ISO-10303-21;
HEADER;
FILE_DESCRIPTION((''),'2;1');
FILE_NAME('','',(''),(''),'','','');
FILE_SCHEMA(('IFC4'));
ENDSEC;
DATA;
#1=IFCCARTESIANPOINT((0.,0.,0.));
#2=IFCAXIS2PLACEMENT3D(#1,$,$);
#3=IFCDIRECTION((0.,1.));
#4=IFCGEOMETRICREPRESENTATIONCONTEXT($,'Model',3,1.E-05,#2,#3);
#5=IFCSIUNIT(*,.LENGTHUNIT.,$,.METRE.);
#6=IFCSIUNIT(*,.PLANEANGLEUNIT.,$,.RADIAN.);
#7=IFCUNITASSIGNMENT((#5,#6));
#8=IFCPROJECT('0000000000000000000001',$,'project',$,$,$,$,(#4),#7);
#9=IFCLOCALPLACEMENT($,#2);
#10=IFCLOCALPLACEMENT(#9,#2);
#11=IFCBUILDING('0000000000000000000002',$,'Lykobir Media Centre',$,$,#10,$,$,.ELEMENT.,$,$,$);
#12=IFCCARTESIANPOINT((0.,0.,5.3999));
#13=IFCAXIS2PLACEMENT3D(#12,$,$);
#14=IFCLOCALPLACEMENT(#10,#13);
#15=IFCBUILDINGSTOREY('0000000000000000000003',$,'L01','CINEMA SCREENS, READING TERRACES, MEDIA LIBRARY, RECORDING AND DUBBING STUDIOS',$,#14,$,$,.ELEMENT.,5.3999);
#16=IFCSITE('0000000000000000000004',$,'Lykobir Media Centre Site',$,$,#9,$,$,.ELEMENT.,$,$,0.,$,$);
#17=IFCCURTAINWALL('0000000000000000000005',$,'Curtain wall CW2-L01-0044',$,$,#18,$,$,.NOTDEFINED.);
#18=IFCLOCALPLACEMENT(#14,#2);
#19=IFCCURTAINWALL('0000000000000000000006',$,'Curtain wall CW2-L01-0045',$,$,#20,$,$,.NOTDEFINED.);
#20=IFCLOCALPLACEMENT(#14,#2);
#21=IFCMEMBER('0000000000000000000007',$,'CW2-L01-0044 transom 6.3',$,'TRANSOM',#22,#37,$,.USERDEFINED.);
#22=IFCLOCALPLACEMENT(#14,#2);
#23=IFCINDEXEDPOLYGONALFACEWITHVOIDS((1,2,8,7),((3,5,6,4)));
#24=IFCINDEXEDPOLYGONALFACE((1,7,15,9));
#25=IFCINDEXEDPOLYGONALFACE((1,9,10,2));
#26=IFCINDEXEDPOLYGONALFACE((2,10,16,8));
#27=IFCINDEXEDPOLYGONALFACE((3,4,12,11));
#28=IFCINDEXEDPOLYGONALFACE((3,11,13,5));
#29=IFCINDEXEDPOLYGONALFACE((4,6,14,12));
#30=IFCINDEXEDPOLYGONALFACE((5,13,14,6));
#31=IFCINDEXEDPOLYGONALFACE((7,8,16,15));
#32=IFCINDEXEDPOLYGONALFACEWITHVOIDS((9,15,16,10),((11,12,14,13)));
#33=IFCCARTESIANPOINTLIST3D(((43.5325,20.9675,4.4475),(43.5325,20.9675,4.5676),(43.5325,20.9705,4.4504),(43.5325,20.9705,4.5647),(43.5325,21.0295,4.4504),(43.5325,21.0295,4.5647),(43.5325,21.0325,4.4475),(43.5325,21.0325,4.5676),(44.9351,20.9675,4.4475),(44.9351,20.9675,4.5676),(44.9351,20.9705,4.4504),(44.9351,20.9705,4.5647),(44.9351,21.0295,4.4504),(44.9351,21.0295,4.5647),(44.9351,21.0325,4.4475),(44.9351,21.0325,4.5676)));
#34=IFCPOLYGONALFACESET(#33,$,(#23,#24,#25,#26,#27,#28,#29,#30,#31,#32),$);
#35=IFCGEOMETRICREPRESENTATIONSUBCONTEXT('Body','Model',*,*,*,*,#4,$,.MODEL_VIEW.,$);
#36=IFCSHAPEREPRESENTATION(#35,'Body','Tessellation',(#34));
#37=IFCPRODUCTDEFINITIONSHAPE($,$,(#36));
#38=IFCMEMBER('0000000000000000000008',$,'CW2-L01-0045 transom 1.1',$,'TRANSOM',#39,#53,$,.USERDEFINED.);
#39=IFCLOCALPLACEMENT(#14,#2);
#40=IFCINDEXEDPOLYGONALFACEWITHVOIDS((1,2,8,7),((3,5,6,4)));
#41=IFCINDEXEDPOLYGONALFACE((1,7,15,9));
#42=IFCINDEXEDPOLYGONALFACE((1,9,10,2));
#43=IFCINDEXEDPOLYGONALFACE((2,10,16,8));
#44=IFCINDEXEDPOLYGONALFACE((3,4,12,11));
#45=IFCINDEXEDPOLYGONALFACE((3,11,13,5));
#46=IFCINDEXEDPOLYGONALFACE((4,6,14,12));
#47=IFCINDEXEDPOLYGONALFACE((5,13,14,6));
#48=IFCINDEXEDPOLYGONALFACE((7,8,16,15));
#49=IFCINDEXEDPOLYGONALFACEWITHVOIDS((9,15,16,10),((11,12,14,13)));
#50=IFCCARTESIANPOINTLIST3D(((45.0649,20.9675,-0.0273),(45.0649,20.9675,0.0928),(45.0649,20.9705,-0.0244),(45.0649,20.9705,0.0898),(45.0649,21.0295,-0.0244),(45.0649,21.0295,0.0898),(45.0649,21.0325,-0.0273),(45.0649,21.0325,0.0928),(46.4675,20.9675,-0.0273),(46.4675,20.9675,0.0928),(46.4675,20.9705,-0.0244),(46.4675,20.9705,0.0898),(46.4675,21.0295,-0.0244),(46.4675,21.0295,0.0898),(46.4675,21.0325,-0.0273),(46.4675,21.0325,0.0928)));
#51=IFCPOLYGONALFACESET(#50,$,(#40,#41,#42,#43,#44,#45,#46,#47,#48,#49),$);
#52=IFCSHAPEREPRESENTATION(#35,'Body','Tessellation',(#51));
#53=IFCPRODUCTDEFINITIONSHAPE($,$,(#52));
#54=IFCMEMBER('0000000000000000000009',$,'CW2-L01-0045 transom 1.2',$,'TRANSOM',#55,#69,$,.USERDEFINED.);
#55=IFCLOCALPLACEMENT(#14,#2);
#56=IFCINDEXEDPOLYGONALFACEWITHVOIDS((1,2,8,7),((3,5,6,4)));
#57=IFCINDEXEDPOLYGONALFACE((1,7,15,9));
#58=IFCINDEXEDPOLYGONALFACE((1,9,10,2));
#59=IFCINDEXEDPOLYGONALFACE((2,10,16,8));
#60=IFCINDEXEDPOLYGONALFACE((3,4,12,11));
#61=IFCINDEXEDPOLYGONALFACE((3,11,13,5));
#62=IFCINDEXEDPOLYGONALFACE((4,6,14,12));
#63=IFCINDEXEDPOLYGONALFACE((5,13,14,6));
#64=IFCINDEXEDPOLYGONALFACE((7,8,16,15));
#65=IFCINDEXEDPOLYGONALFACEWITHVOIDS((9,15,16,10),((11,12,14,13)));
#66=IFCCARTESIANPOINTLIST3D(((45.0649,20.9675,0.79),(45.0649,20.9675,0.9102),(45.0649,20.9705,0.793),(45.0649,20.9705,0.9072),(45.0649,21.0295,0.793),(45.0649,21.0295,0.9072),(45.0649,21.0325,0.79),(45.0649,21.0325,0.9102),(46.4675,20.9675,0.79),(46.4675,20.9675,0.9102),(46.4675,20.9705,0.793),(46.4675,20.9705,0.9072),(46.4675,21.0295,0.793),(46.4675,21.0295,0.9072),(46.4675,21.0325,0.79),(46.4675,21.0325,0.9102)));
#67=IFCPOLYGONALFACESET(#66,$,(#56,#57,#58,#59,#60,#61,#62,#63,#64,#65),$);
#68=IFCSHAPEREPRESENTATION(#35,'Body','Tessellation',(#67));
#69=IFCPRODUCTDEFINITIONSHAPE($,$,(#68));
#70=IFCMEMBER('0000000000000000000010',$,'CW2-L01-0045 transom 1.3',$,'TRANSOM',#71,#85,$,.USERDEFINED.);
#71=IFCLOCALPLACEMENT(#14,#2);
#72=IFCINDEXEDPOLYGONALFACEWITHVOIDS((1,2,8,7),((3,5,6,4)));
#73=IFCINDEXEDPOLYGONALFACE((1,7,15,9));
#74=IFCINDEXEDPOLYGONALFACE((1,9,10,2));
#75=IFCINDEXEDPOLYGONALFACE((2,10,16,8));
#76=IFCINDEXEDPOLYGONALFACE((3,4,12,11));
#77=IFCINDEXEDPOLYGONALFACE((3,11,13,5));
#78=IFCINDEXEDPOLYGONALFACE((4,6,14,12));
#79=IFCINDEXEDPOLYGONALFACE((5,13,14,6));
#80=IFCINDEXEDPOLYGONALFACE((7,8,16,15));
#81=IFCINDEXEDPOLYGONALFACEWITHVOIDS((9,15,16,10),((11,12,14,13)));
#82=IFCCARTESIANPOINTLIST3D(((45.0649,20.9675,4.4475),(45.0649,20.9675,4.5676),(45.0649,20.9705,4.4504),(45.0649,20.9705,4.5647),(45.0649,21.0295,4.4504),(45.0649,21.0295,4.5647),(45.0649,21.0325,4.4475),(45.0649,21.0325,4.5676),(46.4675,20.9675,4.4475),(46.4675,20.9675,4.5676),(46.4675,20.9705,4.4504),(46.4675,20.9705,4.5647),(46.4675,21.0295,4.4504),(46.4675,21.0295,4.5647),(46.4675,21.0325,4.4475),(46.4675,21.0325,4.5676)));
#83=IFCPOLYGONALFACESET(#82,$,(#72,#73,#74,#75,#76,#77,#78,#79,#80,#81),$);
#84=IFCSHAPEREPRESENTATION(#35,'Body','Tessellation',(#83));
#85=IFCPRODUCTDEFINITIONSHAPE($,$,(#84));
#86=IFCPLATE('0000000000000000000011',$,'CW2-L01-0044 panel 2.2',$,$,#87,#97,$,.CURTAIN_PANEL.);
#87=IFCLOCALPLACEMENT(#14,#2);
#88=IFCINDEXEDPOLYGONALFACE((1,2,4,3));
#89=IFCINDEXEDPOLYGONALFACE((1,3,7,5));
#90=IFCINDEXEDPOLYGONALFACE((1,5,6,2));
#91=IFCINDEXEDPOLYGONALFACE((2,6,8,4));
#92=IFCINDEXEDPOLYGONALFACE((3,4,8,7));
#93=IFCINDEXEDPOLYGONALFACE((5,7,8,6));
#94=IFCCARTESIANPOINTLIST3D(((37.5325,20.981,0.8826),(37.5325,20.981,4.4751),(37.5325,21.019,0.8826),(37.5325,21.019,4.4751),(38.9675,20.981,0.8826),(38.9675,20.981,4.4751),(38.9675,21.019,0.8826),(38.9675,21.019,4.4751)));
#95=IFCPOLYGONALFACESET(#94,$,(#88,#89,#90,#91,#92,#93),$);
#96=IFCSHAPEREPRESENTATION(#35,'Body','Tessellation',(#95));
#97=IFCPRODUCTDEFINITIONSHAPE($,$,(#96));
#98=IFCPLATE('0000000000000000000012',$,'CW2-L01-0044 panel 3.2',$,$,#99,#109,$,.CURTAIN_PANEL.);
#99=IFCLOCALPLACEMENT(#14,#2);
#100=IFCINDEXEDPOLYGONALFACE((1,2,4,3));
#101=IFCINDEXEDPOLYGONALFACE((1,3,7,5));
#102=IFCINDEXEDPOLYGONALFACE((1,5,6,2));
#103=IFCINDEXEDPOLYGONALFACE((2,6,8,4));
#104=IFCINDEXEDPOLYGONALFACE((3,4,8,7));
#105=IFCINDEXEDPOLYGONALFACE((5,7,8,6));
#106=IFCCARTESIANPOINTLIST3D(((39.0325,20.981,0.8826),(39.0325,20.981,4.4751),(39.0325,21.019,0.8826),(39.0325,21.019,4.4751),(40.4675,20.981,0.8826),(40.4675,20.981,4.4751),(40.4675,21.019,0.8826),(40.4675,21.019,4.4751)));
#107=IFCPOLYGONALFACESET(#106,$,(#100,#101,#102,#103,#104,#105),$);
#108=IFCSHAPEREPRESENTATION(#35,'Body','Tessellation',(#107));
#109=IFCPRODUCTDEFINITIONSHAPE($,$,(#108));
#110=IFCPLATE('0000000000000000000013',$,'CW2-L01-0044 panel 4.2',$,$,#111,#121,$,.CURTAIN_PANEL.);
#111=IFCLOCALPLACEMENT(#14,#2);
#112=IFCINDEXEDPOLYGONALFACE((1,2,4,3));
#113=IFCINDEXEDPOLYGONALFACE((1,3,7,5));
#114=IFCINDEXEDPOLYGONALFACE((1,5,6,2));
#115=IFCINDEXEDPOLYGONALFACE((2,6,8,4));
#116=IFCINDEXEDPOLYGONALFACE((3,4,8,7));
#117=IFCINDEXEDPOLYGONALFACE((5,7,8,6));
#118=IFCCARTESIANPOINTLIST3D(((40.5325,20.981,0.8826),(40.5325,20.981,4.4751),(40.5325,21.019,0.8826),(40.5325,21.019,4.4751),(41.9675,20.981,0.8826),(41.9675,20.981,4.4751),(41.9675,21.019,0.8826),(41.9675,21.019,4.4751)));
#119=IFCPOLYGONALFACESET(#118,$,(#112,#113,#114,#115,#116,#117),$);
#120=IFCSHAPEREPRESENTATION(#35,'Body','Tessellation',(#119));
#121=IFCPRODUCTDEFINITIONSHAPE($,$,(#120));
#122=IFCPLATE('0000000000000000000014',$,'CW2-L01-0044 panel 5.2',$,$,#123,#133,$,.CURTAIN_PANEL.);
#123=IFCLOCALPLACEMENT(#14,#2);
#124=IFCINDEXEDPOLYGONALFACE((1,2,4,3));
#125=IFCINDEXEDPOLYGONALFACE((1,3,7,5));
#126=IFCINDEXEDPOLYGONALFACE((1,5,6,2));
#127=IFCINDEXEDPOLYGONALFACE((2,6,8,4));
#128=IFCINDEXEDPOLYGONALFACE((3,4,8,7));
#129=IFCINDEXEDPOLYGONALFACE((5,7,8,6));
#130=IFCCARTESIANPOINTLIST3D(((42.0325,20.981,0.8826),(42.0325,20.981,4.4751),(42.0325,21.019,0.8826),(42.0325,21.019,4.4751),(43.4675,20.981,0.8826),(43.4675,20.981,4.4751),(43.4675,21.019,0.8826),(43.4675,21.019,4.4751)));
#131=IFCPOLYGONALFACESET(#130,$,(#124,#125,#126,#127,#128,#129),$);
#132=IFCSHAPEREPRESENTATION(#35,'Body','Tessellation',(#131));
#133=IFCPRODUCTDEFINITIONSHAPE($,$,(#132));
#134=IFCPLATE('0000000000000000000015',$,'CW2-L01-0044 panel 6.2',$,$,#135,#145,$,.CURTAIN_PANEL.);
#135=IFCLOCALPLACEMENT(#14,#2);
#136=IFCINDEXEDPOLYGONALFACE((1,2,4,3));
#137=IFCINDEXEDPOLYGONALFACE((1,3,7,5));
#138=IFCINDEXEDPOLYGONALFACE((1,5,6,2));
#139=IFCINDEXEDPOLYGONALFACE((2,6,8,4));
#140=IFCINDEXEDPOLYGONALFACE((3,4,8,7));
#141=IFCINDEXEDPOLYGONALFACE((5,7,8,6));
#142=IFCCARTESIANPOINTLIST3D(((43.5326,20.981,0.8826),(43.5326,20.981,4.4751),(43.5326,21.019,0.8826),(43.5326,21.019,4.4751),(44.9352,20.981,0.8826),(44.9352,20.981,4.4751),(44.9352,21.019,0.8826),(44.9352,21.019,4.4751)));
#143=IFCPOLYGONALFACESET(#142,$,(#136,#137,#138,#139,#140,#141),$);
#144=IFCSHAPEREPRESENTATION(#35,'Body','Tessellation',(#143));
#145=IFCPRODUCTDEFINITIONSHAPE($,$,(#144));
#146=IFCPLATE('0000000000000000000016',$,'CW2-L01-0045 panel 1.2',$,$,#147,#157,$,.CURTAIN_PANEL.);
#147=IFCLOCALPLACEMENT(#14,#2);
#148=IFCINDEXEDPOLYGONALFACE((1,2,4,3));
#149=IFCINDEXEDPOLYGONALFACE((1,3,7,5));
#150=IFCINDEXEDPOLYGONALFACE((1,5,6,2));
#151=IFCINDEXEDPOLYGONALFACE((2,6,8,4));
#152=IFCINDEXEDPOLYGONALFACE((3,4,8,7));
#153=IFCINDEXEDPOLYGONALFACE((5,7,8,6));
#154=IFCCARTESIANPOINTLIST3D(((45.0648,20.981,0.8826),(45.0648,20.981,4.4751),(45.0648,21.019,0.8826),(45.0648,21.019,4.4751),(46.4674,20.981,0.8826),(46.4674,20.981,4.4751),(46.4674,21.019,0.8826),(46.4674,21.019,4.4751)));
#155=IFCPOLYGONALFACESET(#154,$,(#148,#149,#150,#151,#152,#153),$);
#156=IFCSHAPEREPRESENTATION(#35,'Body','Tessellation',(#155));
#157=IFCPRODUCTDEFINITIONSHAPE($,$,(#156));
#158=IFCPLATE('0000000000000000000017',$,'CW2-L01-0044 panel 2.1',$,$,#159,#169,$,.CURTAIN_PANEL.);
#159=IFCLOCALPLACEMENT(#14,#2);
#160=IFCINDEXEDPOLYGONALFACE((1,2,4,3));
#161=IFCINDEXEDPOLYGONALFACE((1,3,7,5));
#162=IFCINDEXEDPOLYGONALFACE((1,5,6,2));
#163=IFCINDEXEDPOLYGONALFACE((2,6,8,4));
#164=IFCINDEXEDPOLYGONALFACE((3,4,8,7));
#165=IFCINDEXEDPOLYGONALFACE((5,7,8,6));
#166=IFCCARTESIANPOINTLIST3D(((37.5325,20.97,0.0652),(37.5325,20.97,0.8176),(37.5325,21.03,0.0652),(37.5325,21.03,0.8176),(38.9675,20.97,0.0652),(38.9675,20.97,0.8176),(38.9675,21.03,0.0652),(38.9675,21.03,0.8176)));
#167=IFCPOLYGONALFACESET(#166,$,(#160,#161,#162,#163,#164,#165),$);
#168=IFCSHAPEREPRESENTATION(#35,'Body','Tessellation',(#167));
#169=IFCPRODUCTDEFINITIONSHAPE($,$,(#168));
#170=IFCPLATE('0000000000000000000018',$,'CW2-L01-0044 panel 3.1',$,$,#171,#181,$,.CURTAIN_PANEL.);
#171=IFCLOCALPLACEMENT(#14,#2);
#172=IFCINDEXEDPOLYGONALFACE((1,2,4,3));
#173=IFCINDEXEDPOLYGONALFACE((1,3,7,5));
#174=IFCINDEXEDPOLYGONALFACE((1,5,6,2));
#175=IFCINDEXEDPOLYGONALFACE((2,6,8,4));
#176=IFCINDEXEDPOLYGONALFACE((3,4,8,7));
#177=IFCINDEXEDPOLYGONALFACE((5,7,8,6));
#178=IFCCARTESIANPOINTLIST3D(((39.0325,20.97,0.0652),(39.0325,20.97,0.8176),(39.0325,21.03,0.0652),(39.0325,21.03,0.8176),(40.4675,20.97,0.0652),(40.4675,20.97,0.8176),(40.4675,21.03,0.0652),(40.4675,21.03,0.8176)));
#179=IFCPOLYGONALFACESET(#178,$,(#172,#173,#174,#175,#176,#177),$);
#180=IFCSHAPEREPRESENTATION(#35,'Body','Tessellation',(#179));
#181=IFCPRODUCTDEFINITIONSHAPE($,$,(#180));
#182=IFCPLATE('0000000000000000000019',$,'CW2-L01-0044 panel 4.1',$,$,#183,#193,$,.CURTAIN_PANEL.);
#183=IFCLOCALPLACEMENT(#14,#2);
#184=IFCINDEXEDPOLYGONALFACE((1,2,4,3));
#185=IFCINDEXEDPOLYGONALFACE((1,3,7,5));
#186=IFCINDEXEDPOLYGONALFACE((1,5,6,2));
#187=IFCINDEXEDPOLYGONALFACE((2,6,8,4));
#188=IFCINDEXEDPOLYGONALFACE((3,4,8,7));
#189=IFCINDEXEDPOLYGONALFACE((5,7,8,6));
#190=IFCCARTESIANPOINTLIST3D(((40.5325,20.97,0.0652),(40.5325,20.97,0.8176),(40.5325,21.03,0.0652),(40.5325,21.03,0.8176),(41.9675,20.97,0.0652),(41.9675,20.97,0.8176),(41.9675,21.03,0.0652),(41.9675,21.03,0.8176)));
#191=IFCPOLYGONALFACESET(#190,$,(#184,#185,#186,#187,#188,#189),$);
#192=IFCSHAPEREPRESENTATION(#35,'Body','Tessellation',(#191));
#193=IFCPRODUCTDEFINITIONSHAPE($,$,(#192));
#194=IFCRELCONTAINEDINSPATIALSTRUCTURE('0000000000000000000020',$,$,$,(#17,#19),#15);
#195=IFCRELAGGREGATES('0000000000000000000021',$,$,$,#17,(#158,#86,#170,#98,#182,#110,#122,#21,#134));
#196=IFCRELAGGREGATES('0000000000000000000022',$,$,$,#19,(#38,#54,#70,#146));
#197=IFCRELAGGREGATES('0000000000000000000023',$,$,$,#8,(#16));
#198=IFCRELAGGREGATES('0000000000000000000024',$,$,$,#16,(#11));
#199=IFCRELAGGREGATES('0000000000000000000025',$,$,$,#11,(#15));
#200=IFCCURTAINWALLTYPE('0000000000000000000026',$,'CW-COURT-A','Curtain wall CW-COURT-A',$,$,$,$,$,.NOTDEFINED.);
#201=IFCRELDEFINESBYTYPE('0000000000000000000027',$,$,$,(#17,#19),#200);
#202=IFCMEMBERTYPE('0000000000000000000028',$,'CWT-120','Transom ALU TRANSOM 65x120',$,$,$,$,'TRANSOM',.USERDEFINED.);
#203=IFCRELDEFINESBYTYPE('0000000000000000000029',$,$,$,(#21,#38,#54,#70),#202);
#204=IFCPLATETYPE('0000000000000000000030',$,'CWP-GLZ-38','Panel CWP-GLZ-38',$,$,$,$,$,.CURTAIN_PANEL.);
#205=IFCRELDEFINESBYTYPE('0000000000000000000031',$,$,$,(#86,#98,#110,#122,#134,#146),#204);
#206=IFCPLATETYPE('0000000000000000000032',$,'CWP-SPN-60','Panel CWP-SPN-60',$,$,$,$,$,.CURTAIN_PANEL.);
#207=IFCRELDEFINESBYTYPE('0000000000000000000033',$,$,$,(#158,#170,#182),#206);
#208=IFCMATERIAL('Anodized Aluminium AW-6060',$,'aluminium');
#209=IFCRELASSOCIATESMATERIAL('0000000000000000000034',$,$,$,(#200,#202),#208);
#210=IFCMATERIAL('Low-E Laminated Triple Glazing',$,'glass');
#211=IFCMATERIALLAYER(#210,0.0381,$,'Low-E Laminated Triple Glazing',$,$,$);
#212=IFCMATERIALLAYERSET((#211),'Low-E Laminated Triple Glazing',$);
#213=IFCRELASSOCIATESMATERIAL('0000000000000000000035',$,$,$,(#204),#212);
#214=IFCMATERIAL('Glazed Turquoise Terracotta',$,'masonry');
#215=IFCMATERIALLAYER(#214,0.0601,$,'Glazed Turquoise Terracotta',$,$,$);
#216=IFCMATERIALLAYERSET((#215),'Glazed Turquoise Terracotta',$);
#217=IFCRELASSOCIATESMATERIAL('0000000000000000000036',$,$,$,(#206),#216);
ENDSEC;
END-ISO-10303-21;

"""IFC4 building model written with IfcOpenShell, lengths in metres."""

from ifc_helpers import new_model, si_unit, direction, frame, origin, origin_2d, place, context, subcontext, project, spatial, rectangle, hollow_rectangle, extrude, material, layer, layer_set, material_profile, profile_set, type_object, element, aggregate, save


model = new_model("IFC4")

# Units and contexts
model_context = context("Model", 3, precision=1e-05, world=origin(), true_north=direction((0.0, 1.0)))
body_context = subcontext(model_context, "Body", "Model", "MODEL_VIEW")
ifc_project = project(units=[si_unit("LENGTHUNIT", "METRE"), si_unit("PLANEANGLEUNIT", "RADIAN")], contexts=[model_context])

# Site, building, storey
site_placement = place(None, origin())
site = spatial("IfcSite", under=ifc_project, at=site_placement, Name="Lykobir Media Centre Site", CompositionType="ELEMENT", RefElevation=0.0)
building_placement = place(site_placement, origin())
building = spatial("IfcBuilding", under=site, at=building_placement, Name="Lykobir Media Centre", CompositionType="ELEMENT")
storey_placement = place(building_placement, frame((0.0, 0.0, 5.3999)))
storey = spatial("IfcBuildingStorey", under=building, at=storey_placement, Name="L01", Description="CINEMA SCREENS, READING TERRACES, MEDIA LIBRARY, RECORDING AND DUBBING STUDIOS", CompositionType="ELEMENT", Elevation=5.3999)

# Curtain walls
ifc_material_1 = material(Name="Anodized Aluminium AW-6060", Category="aluminium")
curtain_wall_type = type_object("IfcCurtainWallType", Name="CW-COURT-A", Description="Curtain wall CW-COURT-A", PredefinedType="NOTDEFINED", material=ifc_material_1)
curtain_wall_1_placement = place(storey_placement, origin())
curtain_wall_1 = element("IfcCurtainWall", 1, at=curtain_wall_1_placement, inside=storey, type_object=curtain_wall_type, Name="Curtain wall CW2-L01-0044", PredefinedType="NOTDEFINED")
curtain_wall_2_placement = place(storey_placement, origin())
curtain_wall_2 = element("IfcCurtainWall", 2, at=curtain_wall_2_placement, inside=storey, type_object=curtain_wall_type, Name="Curtain wall CW2-L01-0045", PredefinedType="NOTDEFINED")

# Members
ifc_material_profile_1 = material_profile(ifc_material_1, hollow_rectangle(XDim=0.0649, YDim=0.1201, WallThickness=0.0029, at=origin_2d()), Name="ALU TRANSOM 65x120")
ifc_profile_set_1 = profile_set([ifc_material_profile_1], Name="Anodized Aluminium AW-6060")
member_type_1 = type_object("IfcMemberType", Name="CWT-120", Description="Transom ALU TRANSOM 65x120", ElementType="TRANSOM", PredefinedType="USERDEFINED", material=ifc_profile_set_1)
member_1_placement = place(storey_placement, frame((43.5325, 21.0, 4.5076), z_axis=(1.0, 0.0, 0.0), x_axis=(0.0, 1.0, 0.0)))
member_1 = element("IfcMember", 3, at=member_1_placement, type_object=member_type_1, Name="CW2-L01-0044 transom 6.3", ObjectType="TRANSOM", PredefinedType="USERDEFINED", context=body_context, shape_type="SweptSolid", body=[
    extrude(hollow_rectangle(XDim=0.0649, YDim=0.1201, WallThickness=0.0029, at=origin_2d()), origin(), (0.0, 0.0, 1.0), 1.4026),
])
member_2_placement = place(storey_placement, frame((45.0649, 21.0, 0.0327), z_axis=(1.0, 0.0, 0.0), x_axis=(0.0, 1.0, 0.0)))
member_2 = element("IfcMember", 4, at=member_2_placement, type_object=member_type_1, Name="CW2-L01-0045 transom 1.1", ObjectType="TRANSOM", PredefinedType="USERDEFINED", context=body_context, shape_type="SweptSolid", body=[
    extrude(hollow_rectangle(XDim=0.0649, YDim=0.1201, WallThickness=0.0029, at=origin_2d()), origin(), (0.0, 0.0, 1.0), 1.4026),
])
member_3_placement = place(storey_placement, frame((45.0649, 21.0, 0.8501), z_axis=(1.0, 0.0, 0.0), x_axis=(0.0, 1.0, 0.0)))
member_3 = element("IfcMember", 5, at=member_3_placement, type_object=member_type_1, Name="CW2-L01-0045 transom 1.2", ObjectType="TRANSOM", PredefinedType="USERDEFINED", context=body_context, shape_type="SweptSolid", body=[
    extrude(hollow_rectangle(XDim=0.0649, YDim=0.1201, WallThickness=0.0029, at=origin_2d()), origin(), (0.0, 0.0, 1.0), 1.4026),
])
member_4_placement = place(storey_placement, frame((45.0649, 21.0, 4.5076), z_axis=(1.0, 0.0, 0.0), x_axis=(0.0, 1.0, 0.0)))
member_4 = element("IfcMember", 6, at=member_4_placement, type_object=member_type_1, Name="CW2-L01-0045 transom 1.3", ObjectType="TRANSOM", PredefinedType="USERDEFINED", context=body_context, shape_type="SweptSolid", body=[
    extrude(hollow_rectangle(XDim=0.0649, YDim=0.1201, WallThickness=0.0029, at=origin_2d()), origin(), (0.0, 0.0, 1.0), 1.4026),
])

# Plates
ifc_material_2 = material(Name="Low-E Laminated Triple Glazing", Category="glass")
ifc_layer_1 = layer(ifc_material_2, 0.0381, Name="Low-E Laminated Triple Glazing")
ifc_layer_set_1 = layer_set([ifc_layer_1], Name="Low-E Laminated Triple Glazing")
plate_type_1 = type_object("IfcPlateType", Name="CWP-GLZ-38", Description="Panel CWP-GLZ-38", PredefinedType="CURTAIN_PANEL", material=ifc_layer_set_1)
plate_1_placement = place(storey_placement, frame((38.25, 21.0, 0.8826), z_axis=(0.0, 0.0, 1.0), x_axis=(1.0, 0.0, 0.0)))
plate_1 = element("IfcPlate", 7, at=plate_1_placement, type_object=plate_type_1, Name="CW2-L01-0044 panel 2.2", PredefinedType="CURTAIN_PANEL", context=body_context, shape_type="SweptSolid", body=[
    extrude(rectangle(XDim=1.4351, YDim=0.0381, at=origin_2d()), origin(), (0.0, 0.0, 1.0), 3.5925),
])
plate_2_placement = place(storey_placement, frame((39.75, 21.0, 0.8826), z_axis=(0.0, 0.0, 1.0), x_axis=(1.0, 0.0, 0.0)))
plate_2 = element("IfcPlate", 8, at=plate_2_placement, type_object=plate_type_1, Name="CW2-L01-0044 panel 3.2", PredefinedType="CURTAIN_PANEL", context=body_context, shape_type="SweptSolid", body=[
    extrude(rectangle(XDim=1.4351, YDim=0.0381, at=origin_2d()), origin(), (0.0, 0.0, 1.0), 3.5925),
])
plate_3_placement = place(storey_placement, frame((41.25, 21.0, 0.8826), z_axis=(0.0, 0.0, 1.0), x_axis=(1.0, 0.0, 0.0)))
plate_3 = element("IfcPlate", 9, at=plate_3_placement, type_object=plate_type_1, Name="CW2-L01-0044 panel 4.2", PredefinedType="CURTAIN_PANEL", context=body_context, shape_type="SweptSolid", body=[
    extrude(rectangle(XDim=1.4351, YDim=0.0381, at=origin_2d()), origin(), (0.0, 0.0, 1.0), 3.5925),
])
plate_4_placement = place(storey_placement, frame((42.75, 21.0, 0.8826), z_axis=(0.0, 0.0, 1.0), x_axis=(1.0, 0.0, 0.0)))
plate_4 = element("IfcPlate", 10, at=plate_4_placement, type_object=plate_type_1, Name="CW2-L01-0044 panel 5.2", PredefinedType="CURTAIN_PANEL", context=body_context, shape_type="SweptSolid", body=[
    extrude(rectangle(XDim=1.4351, YDim=0.0381, at=origin_2d()), origin(), (0.0, 0.0, 1.0), 3.5925),
])
plate_5_placement = place(storey_placement, frame((44.2339, 21.0, 0.8826), z_axis=(0.0, 0.0, 1.0), x_axis=(1.0, 0.0, 0.0)))
plate_5 = element("IfcPlate", 11, at=plate_5_placement, type_object=plate_type_1, Name="CW2-L01-0044 panel 6.2", PredefinedType="CURTAIN_PANEL", context=body_context, shape_type="SweptSolid", body=[
    extrude(rectangle(XDim=1.4026, YDim=0.0381, at=origin_2d()), origin(), (0.0, 0.0, 1.0), 3.5925),
])
plate_6_placement = place(storey_placement, frame((45.7661, 21.0, 0.8826), z_axis=(0.0, 0.0, 1.0), x_axis=(1.0, 0.0, 0.0)))
plate_6 = element("IfcPlate", 12, at=plate_6_placement, type_object=plate_type_1, Name="CW2-L01-0045 panel 1.2", PredefinedType="CURTAIN_PANEL", context=body_context, shape_type="SweptSolid", body=[
    extrude(rectangle(XDim=1.4026, YDim=0.0381, at=origin_2d()), origin(), (0.0, 0.0, 1.0), 3.5925),
])
ifc_material_3 = material(Name="Glazed Turquoise Terracotta", Category="masonry")
ifc_layer_2 = layer(ifc_material_3, 0.0601, Name="Glazed Turquoise Terracotta")
ifc_layer_set_2 = layer_set([ifc_layer_2], Name="Glazed Turquoise Terracotta")
plate_type_2 = type_object("IfcPlateType", Name="CWP-SPN-60", Description="Panel CWP-SPN-60", PredefinedType="CURTAIN_PANEL", material=ifc_layer_set_2)
plate_7_placement = place(storey_placement, frame((38.25, 21.0, 0.0652), z_axis=(0.0, 0.0, 1.0), x_axis=(1.0, 0.0, 0.0)))
plate_7 = element("IfcPlate", 13, at=plate_7_placement, type_object=plate_type_2, Name="CW2-L01-0044 panel 2.1", PredefinedType="CURTAIN_PANEL", context=body_context, shape_type="SweptSolid", body=[
    extrude(rectangle(XDim=1.4351, YDim=0.0601, at=origin_2d()), origin(), (0.0, 0.0, 1.0), 0.7524),
])
plate_8_placement = place(storey_placement, frame((39.75, 21.0, 0.0652), z_axis=(0.0, 0.0, 1.0), x_axis=(1.0, 0.0, 0.0)))
plate_8 = element("IfcPlate", 14, at=plate_8_placement, type_object=plate_type_2, Name="CW2-L01-0044 panel 3.1", PredefinedType="CURTAIN_PANEL", context=body_context, shape_type="SweptSolid", body=[
    extrude(rectangle(XDim=1.4351, YDim=0.0601, at=origin_2d()), origin(), (0.0, 0.0, 1.0), 0.7524),
])
plate_9_placement = place(storey_placement, frame((41.25, 21.0, 0.0652), z_axis=(0.0, 0.0, 1.0), x_axis=(1.0, 0.0, 0.0)))
plate_9 = element("IfcPlate", 15, at=plate_9_placement, type_object=plate_type_2, Name="CW2-L01-0044 panel 4.1", PredefinedType="CURTAIN_PANEL", context=body_context, shape_type="SweptSolid", body=[
    extrude(rectangle(XDim=1.4351, YDim=0.0601, at=origin_2d()), origin(), (0.0, 0.0, 1.0), 0.7524),
])
aggregate(curtain_wall_1, [plate_7, plate_1, plate_8, plate_2, plate_9, plate_3, plate_4, member_1, plate_5])
aggregate(curtain_wall_2, [member_2, member_3, member_4, plate_6])

save(model, "model.ifc")
